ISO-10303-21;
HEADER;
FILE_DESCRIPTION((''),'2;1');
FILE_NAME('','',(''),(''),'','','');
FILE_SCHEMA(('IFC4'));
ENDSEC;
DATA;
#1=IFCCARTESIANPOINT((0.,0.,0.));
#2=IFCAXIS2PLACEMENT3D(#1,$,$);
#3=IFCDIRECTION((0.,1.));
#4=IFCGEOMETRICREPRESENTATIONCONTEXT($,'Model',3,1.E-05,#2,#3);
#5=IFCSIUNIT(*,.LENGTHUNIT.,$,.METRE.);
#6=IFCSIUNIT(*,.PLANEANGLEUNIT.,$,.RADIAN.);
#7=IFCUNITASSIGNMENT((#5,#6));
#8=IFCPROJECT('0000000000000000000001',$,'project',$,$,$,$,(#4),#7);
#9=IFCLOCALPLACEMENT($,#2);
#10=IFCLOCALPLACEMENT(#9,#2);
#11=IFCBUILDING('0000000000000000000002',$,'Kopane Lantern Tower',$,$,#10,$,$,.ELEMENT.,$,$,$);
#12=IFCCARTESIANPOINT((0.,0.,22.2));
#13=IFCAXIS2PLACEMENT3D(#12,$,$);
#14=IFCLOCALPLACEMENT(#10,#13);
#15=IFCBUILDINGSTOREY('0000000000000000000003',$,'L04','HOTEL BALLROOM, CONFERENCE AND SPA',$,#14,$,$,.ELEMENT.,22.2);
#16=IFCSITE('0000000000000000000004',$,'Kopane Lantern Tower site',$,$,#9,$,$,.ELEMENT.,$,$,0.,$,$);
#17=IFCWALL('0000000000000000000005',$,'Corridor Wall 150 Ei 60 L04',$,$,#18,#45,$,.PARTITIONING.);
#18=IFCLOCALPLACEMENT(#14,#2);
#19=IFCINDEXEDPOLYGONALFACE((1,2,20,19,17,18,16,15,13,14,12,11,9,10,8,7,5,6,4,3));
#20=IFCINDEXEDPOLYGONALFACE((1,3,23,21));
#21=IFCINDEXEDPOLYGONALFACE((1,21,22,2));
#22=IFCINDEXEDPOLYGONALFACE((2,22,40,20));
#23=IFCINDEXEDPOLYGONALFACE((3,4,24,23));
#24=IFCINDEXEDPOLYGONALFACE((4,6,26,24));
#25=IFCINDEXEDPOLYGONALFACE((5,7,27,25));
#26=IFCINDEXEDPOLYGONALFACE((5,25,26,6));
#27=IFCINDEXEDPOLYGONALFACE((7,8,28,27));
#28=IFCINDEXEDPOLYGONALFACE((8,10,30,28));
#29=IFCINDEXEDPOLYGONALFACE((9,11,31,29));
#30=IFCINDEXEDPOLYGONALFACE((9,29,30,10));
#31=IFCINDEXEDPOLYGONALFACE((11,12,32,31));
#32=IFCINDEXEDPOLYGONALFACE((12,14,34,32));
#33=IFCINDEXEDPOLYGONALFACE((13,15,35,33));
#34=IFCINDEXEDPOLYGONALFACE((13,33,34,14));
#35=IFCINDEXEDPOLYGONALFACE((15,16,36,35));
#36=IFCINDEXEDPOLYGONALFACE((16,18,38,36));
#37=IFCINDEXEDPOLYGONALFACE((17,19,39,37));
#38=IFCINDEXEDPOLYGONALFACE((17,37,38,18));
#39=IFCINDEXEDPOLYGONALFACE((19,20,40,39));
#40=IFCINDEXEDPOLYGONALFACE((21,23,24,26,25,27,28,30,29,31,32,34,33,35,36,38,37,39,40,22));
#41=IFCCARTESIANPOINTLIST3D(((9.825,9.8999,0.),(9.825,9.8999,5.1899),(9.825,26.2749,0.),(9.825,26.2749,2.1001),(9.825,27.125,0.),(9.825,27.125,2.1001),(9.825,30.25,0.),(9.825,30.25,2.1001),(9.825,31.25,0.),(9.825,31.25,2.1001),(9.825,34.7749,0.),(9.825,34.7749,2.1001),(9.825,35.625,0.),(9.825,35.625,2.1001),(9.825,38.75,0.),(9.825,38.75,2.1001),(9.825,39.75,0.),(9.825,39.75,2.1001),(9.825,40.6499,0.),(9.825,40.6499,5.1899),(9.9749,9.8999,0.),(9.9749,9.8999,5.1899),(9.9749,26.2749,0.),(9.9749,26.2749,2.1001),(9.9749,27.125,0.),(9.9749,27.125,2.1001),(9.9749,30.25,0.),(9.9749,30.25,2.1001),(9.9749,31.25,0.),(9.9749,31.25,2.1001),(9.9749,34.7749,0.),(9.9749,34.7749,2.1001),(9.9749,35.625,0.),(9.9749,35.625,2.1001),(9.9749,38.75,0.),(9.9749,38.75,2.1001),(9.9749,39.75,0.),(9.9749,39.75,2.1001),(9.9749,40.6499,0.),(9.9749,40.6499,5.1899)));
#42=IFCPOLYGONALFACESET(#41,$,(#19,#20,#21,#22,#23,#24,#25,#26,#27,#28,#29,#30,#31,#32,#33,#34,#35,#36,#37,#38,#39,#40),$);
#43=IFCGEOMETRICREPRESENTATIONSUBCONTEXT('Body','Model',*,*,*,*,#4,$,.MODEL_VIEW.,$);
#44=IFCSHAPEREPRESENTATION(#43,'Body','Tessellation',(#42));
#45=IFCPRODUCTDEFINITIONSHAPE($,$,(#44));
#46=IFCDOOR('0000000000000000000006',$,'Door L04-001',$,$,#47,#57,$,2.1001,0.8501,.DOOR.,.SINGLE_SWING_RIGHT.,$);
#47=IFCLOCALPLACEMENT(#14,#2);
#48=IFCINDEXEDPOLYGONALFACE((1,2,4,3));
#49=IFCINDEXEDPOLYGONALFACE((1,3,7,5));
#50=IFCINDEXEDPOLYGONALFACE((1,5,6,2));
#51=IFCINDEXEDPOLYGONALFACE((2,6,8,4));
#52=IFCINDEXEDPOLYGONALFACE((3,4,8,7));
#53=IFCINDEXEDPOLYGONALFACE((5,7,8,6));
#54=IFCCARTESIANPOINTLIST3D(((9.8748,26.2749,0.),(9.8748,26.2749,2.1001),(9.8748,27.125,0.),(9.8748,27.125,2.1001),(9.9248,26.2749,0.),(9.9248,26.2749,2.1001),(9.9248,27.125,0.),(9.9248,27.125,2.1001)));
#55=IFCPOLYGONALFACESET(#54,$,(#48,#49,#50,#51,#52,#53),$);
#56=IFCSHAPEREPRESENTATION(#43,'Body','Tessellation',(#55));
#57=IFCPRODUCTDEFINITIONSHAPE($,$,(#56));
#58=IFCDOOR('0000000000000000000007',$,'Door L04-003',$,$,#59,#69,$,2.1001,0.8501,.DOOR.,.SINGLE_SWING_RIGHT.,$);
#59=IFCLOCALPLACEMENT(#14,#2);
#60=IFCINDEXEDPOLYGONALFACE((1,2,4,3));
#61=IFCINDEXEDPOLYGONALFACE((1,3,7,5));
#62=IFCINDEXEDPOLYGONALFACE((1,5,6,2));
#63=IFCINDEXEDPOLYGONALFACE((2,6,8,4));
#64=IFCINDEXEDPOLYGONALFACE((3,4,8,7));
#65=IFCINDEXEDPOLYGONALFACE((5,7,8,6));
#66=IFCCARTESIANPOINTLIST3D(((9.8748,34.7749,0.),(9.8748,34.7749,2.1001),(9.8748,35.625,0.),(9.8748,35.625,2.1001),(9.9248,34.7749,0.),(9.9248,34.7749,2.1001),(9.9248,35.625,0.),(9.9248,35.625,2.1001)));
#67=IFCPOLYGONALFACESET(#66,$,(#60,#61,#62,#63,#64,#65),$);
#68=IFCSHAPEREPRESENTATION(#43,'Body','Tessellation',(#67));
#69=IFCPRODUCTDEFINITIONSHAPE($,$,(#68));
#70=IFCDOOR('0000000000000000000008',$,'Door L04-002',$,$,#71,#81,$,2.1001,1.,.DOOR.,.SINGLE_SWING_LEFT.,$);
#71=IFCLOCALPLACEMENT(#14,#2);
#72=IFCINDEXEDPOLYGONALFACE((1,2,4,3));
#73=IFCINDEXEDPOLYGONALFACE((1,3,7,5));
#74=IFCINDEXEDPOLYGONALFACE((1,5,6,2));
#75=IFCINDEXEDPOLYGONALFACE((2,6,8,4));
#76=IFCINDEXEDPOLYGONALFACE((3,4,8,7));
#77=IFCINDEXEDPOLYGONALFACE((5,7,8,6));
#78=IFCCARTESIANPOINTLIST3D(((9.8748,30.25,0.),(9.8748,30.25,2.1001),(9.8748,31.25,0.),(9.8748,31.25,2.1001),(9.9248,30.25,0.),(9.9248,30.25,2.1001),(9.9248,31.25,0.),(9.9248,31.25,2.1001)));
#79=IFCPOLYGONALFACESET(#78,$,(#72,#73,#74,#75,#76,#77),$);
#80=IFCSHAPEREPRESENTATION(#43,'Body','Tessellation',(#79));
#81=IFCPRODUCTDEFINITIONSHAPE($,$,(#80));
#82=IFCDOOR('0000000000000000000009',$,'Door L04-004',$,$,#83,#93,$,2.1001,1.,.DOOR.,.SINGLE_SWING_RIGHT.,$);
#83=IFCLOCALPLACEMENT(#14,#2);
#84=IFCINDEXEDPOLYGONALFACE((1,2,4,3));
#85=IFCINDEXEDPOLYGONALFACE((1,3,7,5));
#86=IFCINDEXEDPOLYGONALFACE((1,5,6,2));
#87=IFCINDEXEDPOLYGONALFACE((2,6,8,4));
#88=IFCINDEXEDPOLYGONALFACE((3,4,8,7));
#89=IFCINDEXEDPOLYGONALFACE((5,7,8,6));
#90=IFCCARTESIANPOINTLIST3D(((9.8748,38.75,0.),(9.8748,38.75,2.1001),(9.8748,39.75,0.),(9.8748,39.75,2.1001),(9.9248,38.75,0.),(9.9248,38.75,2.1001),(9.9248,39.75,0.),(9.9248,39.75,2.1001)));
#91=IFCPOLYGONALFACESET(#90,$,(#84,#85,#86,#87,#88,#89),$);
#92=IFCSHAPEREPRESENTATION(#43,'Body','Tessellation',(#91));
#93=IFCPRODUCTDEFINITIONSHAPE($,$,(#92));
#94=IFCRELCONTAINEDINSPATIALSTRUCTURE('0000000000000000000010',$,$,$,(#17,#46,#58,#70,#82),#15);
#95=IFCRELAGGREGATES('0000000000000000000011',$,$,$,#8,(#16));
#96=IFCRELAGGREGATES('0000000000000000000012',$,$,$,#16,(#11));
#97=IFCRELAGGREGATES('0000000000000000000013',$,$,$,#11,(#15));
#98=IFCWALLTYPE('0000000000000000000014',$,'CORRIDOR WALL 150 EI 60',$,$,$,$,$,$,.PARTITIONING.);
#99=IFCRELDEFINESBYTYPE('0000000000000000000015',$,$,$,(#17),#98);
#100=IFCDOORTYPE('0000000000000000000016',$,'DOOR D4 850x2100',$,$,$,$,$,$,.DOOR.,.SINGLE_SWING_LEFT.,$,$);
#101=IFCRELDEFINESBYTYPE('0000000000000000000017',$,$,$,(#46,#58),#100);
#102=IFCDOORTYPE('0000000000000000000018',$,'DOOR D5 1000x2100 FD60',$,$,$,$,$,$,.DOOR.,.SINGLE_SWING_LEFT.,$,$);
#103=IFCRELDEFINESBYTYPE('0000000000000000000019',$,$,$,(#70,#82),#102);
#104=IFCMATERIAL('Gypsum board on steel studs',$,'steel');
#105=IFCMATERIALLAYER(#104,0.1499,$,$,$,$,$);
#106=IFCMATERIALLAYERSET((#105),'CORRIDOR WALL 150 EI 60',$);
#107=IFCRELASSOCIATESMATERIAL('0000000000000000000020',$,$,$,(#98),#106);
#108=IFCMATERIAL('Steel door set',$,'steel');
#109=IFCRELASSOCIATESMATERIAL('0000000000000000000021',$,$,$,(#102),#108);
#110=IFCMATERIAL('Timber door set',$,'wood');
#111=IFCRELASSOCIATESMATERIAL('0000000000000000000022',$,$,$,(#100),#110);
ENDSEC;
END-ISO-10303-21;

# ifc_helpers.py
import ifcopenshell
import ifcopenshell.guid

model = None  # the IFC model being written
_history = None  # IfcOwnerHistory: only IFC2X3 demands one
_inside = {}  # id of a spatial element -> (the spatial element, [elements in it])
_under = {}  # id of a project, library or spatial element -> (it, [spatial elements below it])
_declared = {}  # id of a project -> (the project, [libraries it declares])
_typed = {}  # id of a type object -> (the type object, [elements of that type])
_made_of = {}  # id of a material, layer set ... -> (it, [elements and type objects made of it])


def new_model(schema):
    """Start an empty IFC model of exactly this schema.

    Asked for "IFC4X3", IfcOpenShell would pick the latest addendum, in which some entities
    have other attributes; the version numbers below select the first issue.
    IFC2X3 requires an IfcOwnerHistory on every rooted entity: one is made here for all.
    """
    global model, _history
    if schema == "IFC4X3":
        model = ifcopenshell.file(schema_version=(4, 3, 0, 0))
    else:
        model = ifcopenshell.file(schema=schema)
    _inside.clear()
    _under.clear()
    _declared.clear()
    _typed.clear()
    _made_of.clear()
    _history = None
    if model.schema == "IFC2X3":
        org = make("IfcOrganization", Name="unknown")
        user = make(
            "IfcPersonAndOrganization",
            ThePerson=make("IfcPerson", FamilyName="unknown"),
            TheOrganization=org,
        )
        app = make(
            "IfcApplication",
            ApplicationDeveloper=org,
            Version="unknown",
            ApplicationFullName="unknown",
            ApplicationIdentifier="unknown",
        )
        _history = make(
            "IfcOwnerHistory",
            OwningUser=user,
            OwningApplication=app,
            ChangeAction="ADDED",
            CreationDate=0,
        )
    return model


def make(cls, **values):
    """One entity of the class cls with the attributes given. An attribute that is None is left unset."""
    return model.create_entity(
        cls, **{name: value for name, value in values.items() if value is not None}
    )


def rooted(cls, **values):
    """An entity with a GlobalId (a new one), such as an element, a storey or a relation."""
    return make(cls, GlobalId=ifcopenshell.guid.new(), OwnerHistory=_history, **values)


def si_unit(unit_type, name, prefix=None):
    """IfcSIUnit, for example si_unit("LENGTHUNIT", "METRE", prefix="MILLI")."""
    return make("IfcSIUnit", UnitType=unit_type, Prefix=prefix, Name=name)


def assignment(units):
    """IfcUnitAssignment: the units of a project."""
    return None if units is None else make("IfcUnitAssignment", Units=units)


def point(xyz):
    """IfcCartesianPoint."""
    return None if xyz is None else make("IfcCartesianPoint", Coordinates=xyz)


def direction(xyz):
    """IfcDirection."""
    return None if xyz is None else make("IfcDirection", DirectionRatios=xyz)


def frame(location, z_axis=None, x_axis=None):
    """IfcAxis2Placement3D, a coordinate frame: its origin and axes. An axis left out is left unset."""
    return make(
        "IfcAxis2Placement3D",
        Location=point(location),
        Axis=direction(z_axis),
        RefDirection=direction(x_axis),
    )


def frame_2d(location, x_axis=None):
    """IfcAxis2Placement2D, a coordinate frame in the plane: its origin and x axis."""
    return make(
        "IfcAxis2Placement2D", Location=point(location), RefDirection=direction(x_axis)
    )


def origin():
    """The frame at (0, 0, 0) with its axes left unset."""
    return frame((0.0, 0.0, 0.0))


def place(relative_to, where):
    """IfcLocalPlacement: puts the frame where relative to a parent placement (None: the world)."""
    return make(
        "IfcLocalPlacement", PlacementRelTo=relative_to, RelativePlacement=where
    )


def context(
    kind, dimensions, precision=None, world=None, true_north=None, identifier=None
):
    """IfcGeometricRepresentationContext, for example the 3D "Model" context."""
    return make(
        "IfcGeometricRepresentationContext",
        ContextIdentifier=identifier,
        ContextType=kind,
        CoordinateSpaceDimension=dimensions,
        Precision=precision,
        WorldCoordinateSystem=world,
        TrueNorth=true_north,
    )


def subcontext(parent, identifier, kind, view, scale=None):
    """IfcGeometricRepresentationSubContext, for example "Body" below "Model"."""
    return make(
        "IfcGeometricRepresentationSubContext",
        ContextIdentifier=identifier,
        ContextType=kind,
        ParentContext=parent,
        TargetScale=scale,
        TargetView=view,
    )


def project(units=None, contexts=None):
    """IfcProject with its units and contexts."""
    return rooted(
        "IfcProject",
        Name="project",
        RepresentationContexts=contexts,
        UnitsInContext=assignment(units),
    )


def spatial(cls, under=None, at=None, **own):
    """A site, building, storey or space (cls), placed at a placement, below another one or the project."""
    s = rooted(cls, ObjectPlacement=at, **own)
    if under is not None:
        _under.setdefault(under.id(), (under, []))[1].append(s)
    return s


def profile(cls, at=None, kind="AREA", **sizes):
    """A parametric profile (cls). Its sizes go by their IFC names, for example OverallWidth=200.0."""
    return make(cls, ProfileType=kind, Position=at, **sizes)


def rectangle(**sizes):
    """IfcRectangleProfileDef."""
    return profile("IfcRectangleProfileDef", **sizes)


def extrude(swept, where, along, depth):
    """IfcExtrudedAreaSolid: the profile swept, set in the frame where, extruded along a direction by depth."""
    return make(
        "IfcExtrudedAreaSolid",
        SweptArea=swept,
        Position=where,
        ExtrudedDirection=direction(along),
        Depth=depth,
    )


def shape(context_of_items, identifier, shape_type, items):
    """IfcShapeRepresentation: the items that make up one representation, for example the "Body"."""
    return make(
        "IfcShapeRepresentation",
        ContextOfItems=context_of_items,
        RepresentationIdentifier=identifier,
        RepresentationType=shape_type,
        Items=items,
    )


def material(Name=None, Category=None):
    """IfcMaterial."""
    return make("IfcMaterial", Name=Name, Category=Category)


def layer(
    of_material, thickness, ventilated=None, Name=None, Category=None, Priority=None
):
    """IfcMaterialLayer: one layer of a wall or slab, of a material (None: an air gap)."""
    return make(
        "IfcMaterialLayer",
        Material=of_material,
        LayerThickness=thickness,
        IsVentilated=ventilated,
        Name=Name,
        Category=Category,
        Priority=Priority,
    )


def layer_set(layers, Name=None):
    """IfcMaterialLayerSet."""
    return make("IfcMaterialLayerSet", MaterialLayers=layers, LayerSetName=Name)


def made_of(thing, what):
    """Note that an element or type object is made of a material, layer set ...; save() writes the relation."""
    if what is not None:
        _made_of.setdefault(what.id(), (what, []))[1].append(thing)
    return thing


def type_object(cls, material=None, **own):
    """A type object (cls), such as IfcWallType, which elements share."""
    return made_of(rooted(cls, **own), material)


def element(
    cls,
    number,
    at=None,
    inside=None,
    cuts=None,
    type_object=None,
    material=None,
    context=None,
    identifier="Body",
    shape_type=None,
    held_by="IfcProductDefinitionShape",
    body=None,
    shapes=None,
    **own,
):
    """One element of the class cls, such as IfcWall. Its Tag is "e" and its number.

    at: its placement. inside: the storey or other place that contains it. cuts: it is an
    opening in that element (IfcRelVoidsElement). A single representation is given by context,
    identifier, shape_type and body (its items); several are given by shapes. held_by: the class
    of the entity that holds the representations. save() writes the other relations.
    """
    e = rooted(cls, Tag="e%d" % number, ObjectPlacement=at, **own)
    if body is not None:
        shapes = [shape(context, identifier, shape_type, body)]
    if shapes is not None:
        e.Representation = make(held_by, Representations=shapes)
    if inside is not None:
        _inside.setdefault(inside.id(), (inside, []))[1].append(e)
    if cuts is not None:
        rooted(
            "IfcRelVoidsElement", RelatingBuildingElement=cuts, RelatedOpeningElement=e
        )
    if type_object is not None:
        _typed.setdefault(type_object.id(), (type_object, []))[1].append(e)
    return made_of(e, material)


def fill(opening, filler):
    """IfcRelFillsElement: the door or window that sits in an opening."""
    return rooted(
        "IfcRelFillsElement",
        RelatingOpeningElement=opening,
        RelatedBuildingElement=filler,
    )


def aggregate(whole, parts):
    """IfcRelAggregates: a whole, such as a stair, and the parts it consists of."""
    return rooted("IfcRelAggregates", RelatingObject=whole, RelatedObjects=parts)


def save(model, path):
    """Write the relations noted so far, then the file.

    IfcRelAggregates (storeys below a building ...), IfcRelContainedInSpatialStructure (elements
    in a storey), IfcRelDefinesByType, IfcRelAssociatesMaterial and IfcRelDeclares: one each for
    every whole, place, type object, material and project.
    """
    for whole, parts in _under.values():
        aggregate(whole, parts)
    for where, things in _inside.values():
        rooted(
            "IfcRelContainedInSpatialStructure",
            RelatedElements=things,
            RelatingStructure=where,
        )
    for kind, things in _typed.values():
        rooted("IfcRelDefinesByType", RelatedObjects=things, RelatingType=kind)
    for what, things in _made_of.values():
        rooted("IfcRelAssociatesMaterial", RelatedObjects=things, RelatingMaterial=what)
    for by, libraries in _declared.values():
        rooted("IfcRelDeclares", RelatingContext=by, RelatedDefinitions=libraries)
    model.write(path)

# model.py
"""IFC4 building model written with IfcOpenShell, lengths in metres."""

from ifc_helpers import new_model, si_unit, direction, frame, frame_2d, origin, place, context, subcontext, project, spatial, rectangle, extrude, material, layer, layer_set, type_object, element, fill, save


model = new_model("IFC4")

# Units and contexts
model_context = context("Model", 3, precision=1e-05, world=origin(), true_north=direction((0.0, 1.0)))
body_context = subcontext(model_context, "Body", "Model", "MODEL_VIEW")
ifc_project = project(units=[si_unit("LENGTHUNIT", "METRE"), si_unit("PLANEANGLEUNIT", "RADIAN")], contexts=[model_context])

# Site, building, storey
site_placement = place(None, origin())
site = spatial("IfcSite", under=ifc_project, at=site_placement, Name="Kopane Lantern Tower site", CompositionType="ELEMENT", RefElevation=0.0)
building_placement = place(site_placement, origin())
building = spatial("IfcBuilding", under=site, at=building_placement, Name="Kopane Lantern Tower", CompositionType="ELEMENT")
storey_placement = place(building_placement, frame((0.0, 0.0, 22.2)))
storey = spatial("IfcBuildingStorey", under=building, at=storey_placement, Name="L04", Description="HOTEL BALLROOM, CONFERENCE AND SPA", CompositionType="ELEMENT", Elevation=22.2)

# Wall, openings, doors
ifc_material_1 = material(Name="Gypsum board on steel studs", Category="steel")
ifc_layer_1 = layer(ifc_material_1, 0.1499)
ifc_layer_set_1 = layer_set([ifc_layer_1], Name="CORRIDOR WALL 150 EI 60")
wall_type = type_object("IfcWallType", Name="CORRIDOR WALL 150 EI 60", PredefinedType="PARTITIONING", material=ifc_layer_set_1)
ifc_material_2 = material(Name="Steel door set", Category="steel")
door_type_1 = type_object("IfcDoorType", Name="DOOR D5 1000x2100 FD60", OperationType="SINGLE_SWING_LEFT", PredefinedType="DOOR", material=ifc_material_2)
wall_1_placement = place(storey_placement, frame((9.8999, 40.6499, 0.0), z_axis=(0.0, 0.0, 1.0), x_axis=(0.0, -1.0, 0.0)))
wall_1 = element("IfcWall", 1, at=wall_1_placement, inside=storey, type_object=wall_type, Name="Corridor Wall 150 Ei 60 L04", PredefinedType="PARTITIONING", context=body_context, shape_type="SweptSolid", body=[
    extrude(rectangle(XDim=30.75, YDim=0.1499, at=frame_2d((15.375, 0.0))), origin(), (0.0, 0.0, 1.0), 5.1899),
])
opening_1_placement = place(wall_1_placement, frame((13.5249, 0.0, 0.0)))
opening_1 = element("IfcOpeningElement", 2, at=opening_1_placement, cuts=wall_1, PredefinedType="OPENING", context=body_context, shape_type="SweptSolid", body=[
    extrude(rectangle(XDim=0.8501, YDim=2.1001, at=frame_2d((0.425, 1.05))), frame((0.0, 0.085, 0.0), z_axis=(0.0, -1.0, 0.0), x_axis=(1.0, 0.0, 0.0)), (0.0, 0.0, 1.0), 0.1699),
])
opening_2_placement = place(wall_1_placement, frame((9.3999, 0.0, 0.0)))
opening_2 = element("IfcOpeningElement", 3, at=opening_2_placement, cuts=wall_1, PredefinedType="OPENING", context=body_context, shape_type="SweptSolid", body=[
    extrude(rectangle(XDim=1.0, YDim=2.1001, at=frame_2d((0.5, 1.05))), frame((0.0, 0.085, 0.0), z_axis=(0.0, -1.0, 0.0), x_axis=(1.0, 0.0, 0.0)), (0.0, 0.0, 1.0), 0.1699),
])
opening_3_placement = place(wall_1_placement, frame((5.0249, 0.0, 0.0)))
opening_3 = element("IfcOpeningElement", 4, at=opening_3_placement, cuts=wall_1, PredefinedType="OPENING", context=body_context, shape_type="SweptSolid", body=[
    extrude(rectangle(XDim=0.8501, YDim=2.1001, at=frame_2d((0.425, 1.05))), frame((0.0, 0.085, 0.0), z_axis=(0.0, -1.0, 0.0), x_axis=(1.0, 0.0, 0.0)), (0.0, 0.0, 1.0), 0.1699),
])
opening_4_placement = place(wall_1_placement, frame((0.8999, 0.0, 0.0)))
opening_4 = element("IfcOpeningElement", 5, at=opening_4_placement, cuts=wall_1, PredefinedType="OPENING", context=body_context, shape_type="SweptSolid", body=[
    extrude(rectangle(XDim=1.0, YDim=2.1001, at=frame_2d((0.5, 1.05))), frame((0.0, 0.085, 0.0), z_axis=(0.0, -1.0, 0.0), x_axis=(1.0, 0.0, 0.0)), (0.0, 0.0, 1.0), 0.1699),
])
ifc_material_3 = material(Name="Timber door set", Category="wood")
door_type_2 = type_object("IfcDoorType", Name="DOOR D4 850x2100", OperationType="SINGLE_SWING_LEFT", PredefinedType="DOOR", material=ifc_material_3)
door_1_placement = place(opening_1_placement, origin())
door_1 = element("IfcDoor", 6, at=door_1_placement, inside=storey, type_object=door_type_2, Name="Door L04-001", OperationType="SINGLE_SWING_RIGHT", OverallHeight=2.1001, OverallWidth=0.8501, PredefinedType="DOOR", context=body_context, shape_type="SweptSolid", body=[
    extrude(rectangle(XDim=0.8501, YDim=2.1001, at=frame_2d((0.425, 1.05))), frame((0.0, 0.0249, 0.0), z_axis=(0.0, -1.0, 0.0), x_axis=(1.0, 0.0, 0.0)), (0.0, 0.0, 1.0), 0.05),
])
fill(opening_1, door_1)
door_2_placement = place(opening_3_placement, origin())
door_2 = element("IfcDoor", 7, at=door_2_placement, inside=storey, type_object=door_type_2, Name="Door L04-003", OperationType="SINGLE_SWING_RIGHT", OverallHeight=2.1001, OverallWidth=0.8501, PredefinedType="DOOR", context=body_context, shape_type="SweptSolid", body=[
    extrude(rectangle(XDim=0.8501, YDim=2.1001, at=frame_2d((0.425, 1.05))), frame((0.0, 0.0249, 0.0), z_axis=(0.0, -1.0, 0.0), x_axis=(1.0, 0.0, 0.0)), (0.0, 0.0, 1.0), 0.05),
])
fill(opening_3, door_2)
door_3_placement = place(opening_2_placement, origin())
door_3 = element("IfcDoor", 8, at=door_3_placement, inside=storey, type_object=door_type_1, Name="Door L04-002", OperationType="SINGLE_SWING_LEFT", OverallHeight=2.1001, OverallWidth=1.0, PredefinedType="DOOR", context=body_context, shape_type="SweptSolid", body=[
    extrude(rectangle(XDim=1.0, YDim=2.1001, at=frame_2d((0.5, 1.05))), frame((0.0, 0.0249, 0.0), z_axis=(0.0, -1.0, 0.0), x_axis=(1.0, 0.0, 0.0)), (0.0, 0.0, 1.0), 0.05),
])
fill(opening_2, door_3)
door_4_placement = place(opening_4_placement, origin())
door_4 = element("IfcDoor", 9, at=door_4_placement, inside=storey, type_object=door_type_1, Name="Door L04-004", OperationType="SINGLE_SWING_RIGHT", OverallHeight=2.1001, OverallWidth=1.0, PredefinedType="DOOR", context=body_context, shape_type="SweptSolid", body=[
    extrude(rectangle(XDim=1.0, YDim=2.1001, at=frame_2d((0.5, 1.05))), frame((0.0, 0.0249, 0.0), z_axis=(0.0, -1.0, 0.0), x_axis=(1.0, 0.0, 0.0)), (0.0, 0.0, 1.0), 0.05),
])
fill(opening_4, door_4)

save(model, "model.ifc")
